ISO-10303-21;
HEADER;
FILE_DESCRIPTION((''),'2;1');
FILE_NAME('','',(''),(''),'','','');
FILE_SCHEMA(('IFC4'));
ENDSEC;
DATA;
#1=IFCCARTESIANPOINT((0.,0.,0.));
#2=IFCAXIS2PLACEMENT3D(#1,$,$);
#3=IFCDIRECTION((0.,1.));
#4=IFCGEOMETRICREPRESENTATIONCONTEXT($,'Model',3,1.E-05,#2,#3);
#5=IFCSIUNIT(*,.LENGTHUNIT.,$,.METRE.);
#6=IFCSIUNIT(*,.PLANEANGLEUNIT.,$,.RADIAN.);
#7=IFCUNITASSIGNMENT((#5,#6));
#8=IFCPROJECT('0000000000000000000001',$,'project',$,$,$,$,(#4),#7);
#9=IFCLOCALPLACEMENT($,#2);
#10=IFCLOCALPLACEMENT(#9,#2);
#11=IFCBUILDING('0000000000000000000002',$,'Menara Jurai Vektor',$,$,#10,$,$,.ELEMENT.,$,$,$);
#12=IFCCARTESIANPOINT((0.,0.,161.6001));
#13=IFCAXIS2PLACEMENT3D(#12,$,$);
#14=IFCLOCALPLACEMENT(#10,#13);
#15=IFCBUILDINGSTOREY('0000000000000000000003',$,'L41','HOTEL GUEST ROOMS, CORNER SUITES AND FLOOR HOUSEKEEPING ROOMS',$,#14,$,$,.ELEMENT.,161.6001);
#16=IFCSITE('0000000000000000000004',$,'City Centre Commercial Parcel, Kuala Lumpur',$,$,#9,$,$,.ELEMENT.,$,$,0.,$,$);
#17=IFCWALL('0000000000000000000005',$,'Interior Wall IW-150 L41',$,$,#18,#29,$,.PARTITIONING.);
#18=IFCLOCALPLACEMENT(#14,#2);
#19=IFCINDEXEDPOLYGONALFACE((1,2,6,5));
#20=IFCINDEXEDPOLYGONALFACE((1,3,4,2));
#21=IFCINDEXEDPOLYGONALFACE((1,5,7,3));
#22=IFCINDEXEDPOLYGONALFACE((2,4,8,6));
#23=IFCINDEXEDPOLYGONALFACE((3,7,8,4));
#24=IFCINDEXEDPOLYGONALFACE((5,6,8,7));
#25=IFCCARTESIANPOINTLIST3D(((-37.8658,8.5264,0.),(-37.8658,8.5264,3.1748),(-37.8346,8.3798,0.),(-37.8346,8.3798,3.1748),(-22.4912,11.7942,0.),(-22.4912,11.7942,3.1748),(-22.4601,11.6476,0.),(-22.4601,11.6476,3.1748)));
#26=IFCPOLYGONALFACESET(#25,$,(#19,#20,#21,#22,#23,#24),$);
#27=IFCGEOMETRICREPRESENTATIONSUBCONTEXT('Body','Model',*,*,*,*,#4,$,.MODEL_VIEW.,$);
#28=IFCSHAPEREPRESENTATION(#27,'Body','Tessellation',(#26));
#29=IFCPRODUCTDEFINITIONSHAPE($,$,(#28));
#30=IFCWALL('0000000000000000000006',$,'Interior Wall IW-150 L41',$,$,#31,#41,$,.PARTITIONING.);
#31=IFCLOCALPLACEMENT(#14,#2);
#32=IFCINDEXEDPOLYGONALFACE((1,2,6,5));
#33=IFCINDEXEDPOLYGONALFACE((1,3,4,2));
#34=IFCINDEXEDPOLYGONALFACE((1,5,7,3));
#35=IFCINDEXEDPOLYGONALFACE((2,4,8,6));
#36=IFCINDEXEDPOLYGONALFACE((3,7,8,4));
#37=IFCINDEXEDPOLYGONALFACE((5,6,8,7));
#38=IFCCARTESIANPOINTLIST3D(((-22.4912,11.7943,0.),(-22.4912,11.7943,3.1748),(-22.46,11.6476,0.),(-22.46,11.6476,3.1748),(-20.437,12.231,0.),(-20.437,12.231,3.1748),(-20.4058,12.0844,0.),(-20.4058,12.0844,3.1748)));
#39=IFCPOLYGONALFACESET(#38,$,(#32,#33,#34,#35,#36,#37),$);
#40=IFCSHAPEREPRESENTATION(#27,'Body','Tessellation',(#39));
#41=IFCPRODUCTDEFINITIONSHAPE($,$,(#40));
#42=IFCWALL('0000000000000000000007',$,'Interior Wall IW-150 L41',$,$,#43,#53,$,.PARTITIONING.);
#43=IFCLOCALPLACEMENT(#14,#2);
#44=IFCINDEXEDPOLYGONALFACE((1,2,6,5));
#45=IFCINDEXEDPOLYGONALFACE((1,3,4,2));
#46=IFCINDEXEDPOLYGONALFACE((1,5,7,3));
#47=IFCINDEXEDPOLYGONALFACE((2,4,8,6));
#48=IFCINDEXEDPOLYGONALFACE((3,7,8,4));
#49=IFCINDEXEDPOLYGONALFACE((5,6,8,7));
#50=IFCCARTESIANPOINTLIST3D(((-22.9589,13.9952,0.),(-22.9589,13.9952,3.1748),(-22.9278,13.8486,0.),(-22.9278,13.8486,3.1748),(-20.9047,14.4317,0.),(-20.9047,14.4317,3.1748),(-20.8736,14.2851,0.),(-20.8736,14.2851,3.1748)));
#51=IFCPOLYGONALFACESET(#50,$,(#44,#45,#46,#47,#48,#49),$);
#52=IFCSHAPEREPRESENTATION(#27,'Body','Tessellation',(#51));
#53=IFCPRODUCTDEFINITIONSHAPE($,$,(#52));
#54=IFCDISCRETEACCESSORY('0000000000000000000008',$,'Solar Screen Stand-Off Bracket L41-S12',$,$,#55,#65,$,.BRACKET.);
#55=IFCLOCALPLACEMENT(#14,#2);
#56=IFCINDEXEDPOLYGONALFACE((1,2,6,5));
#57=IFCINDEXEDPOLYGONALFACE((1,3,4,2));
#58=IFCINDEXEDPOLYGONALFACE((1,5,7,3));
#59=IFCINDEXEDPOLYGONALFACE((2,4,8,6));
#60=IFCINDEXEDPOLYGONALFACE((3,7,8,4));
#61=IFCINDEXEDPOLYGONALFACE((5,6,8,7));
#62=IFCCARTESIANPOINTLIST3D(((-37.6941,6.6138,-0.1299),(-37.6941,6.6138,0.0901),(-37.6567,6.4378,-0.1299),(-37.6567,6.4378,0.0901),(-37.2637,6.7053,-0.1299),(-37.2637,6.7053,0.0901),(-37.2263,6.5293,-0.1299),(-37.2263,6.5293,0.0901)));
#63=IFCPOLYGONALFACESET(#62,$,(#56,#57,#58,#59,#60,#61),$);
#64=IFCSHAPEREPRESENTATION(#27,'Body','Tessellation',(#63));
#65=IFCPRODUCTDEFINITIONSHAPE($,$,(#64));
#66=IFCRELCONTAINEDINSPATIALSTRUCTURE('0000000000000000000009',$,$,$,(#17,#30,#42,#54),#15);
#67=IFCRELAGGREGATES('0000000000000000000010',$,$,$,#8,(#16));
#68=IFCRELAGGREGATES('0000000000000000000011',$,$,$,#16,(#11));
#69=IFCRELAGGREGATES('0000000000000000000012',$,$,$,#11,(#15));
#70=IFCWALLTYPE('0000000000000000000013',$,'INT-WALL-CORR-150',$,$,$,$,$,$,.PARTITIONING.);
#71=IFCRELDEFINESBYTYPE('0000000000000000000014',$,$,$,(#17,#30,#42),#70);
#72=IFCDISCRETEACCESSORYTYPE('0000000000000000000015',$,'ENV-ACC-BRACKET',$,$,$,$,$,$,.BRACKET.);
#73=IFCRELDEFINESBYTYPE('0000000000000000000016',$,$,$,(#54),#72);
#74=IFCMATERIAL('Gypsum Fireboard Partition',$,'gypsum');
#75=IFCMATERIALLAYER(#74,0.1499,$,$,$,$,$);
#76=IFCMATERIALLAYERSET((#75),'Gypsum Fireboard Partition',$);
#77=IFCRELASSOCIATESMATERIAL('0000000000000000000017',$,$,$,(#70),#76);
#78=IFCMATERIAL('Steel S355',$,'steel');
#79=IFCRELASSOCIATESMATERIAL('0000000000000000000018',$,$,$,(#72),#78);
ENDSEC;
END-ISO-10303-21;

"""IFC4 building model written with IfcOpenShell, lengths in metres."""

from ifc_helpers import new_model, si_unit, direction, frame, frame_2d, origin, origin_2d, place, context, subcontext, project, spatial, rectangle, extrude, material, layer, layer_set, type_object, element, save


model = new_model("IFC4")

# Units and contexts
model_context = context("Model", 3, precision=1e-05, world=origin(), true_north=direction((0.0, 1.0)))
body_context = subcontext(model_context, "Body", "Model", "MODEL_VIEW")
ifc_project = project(units=[si_unit("LENGTHUNIT", "METRE"), si_unit("PLANEANGLEUNIT", "RADIAN")], contexts=[model_context])

# Site, building, storey
site_placement = place(None, origin())
site = spatial("IfcSite", under=ifc_project, at=site_placement, Name="City Centre Commercial Parcel, Kuala Lumpur", CompositionType="ELEMENT", RefElevation=0.0)
building_placement = place(site_placement, origin())
building = spatial("IfcBuilding", under=site, at=building_placement, Name="Menara Jurai Vektor", CompositionType="ELEMENT")
storey_placement = place(building_placement, frame((0.0, 0.0, 161.6001)))
storey = spatial("IfcBuildingStorey", under=building, at=storey_placement, Name="L41", Description="HOTEL GUEST ROOMS, CORNER SUITES AND FLOOR HOUSEKEEPING ROOMS", CompositionType="ELEMENT", Elevation=161.6001)

# Shared definitions
ifc_material_1 = material(Name="Steel S355", Category="steel")

# Shared definitions
ifc_material_2 = material(Name="Gypsum Fireboard Partition", Category="gypsum")
ifc_layer_1 = layer(ifc_material_2, 0.1499)
ifc_layer_set_1 = layer_set([ifc_layer_1], Name="Gypsum Fireboard Partition")
wall_type = type_object("IfcWallType", Name="INT-WALL-CORR-150", PredefinedType="PARTITIONING", material=ifc_layer_set_1)

# Walls
wall_1_placement = place(storey_placement, frame((-37.8501, 8.4531, 0.0), z_axis=(0.0, 0.0, 1.0), x_axis=(0.978149, 0.207904, 0.0)))
element("IfcWall", 1, at=wall_1_placement, inside=storey, type_object=wall_type, Name="Interior Wall IW-150 L41", PredefinedType="PARTITIONING", context=body_context, shape_type="SweptSolid", body=[
    extrude(rectangle(XDim=15.718, YDim=0.1499, at=frame_2d((7.8589, 0.0))), origin(), (0.0, 0.0, 1.0), 3.1748),
])
wall_2_placement = place(storey_placement, frame((-22.4756, 11.7209, 0.0), z_axis=(0.0, 0.0, 1.0), x_axis=(0.978135, 0.207973, 0.0)))
element("IfcWall", 2, at=wall_2_placement, inside=storey, type_object=wall_type, Name="Interior Wall IW-150 L41", PredefinedType="PARTITIONING", context=body_context, shape_type="SweptSolid", body=[
    extrude(rectangle(XDim=2.1001, YDim=0.1499, at=frame_2d((1.05, 0.0))), origin(), (0.0, 0.0, 1.0), 3.1748),
])

# Wall
wall_3_placement = place(storey_placement, frame((-22.9434, 13.9219, 0.0), z_axis=(0.0, 0.0, 1.0), x_axis=(0.978158, 0.207862, 0.0)))
element("IfcWall", 3, at=wall_3_placement, inside=storey, type_object=wall_type, Name="Interior Wall IW-150 L41", PredefinedType="PARTITIONING", context=body_context, shape_type="SweptSolid", body=[
    extrude(rectangle(XDim=2.1001, YDim=0.1499, at=frame_2d((1.05, 0.0))), origin(), (0.0, 0.0, 1.0), 3.1748),
])

# Discrete accessory
discrete_accessory_type = type_object("IfcDiscreteAccessoryType", Name="ENV-ACC-BRACKET", PredefinedType="BRACKET", material=ifc_material_1)
discrete_accessory_placement = place(storey_placement, frame((-37.4602, 6.5715, -0.1299), z_axis=(0.0, 0.0, 1.0), x_axis=(0.207912, -0.978148, 0.0)))
element("IfcDiscreteAccessory", 4, at=discrete_accessory_placement, inside=storey, type_object=discrete_accessory_type, Name="Solar Screen Stand-Off Bracket L41-S12", PredefinedType="BRACKET", context=body_context, shape_type="SweptSolid", body=[
    extrude(rectangle(XDim=0.1799, YDim=0.4399, at=origin_2d()), origin(), (0.0, 0.0, 1.0), 0.22),
])

save(model, "model.ifc")
